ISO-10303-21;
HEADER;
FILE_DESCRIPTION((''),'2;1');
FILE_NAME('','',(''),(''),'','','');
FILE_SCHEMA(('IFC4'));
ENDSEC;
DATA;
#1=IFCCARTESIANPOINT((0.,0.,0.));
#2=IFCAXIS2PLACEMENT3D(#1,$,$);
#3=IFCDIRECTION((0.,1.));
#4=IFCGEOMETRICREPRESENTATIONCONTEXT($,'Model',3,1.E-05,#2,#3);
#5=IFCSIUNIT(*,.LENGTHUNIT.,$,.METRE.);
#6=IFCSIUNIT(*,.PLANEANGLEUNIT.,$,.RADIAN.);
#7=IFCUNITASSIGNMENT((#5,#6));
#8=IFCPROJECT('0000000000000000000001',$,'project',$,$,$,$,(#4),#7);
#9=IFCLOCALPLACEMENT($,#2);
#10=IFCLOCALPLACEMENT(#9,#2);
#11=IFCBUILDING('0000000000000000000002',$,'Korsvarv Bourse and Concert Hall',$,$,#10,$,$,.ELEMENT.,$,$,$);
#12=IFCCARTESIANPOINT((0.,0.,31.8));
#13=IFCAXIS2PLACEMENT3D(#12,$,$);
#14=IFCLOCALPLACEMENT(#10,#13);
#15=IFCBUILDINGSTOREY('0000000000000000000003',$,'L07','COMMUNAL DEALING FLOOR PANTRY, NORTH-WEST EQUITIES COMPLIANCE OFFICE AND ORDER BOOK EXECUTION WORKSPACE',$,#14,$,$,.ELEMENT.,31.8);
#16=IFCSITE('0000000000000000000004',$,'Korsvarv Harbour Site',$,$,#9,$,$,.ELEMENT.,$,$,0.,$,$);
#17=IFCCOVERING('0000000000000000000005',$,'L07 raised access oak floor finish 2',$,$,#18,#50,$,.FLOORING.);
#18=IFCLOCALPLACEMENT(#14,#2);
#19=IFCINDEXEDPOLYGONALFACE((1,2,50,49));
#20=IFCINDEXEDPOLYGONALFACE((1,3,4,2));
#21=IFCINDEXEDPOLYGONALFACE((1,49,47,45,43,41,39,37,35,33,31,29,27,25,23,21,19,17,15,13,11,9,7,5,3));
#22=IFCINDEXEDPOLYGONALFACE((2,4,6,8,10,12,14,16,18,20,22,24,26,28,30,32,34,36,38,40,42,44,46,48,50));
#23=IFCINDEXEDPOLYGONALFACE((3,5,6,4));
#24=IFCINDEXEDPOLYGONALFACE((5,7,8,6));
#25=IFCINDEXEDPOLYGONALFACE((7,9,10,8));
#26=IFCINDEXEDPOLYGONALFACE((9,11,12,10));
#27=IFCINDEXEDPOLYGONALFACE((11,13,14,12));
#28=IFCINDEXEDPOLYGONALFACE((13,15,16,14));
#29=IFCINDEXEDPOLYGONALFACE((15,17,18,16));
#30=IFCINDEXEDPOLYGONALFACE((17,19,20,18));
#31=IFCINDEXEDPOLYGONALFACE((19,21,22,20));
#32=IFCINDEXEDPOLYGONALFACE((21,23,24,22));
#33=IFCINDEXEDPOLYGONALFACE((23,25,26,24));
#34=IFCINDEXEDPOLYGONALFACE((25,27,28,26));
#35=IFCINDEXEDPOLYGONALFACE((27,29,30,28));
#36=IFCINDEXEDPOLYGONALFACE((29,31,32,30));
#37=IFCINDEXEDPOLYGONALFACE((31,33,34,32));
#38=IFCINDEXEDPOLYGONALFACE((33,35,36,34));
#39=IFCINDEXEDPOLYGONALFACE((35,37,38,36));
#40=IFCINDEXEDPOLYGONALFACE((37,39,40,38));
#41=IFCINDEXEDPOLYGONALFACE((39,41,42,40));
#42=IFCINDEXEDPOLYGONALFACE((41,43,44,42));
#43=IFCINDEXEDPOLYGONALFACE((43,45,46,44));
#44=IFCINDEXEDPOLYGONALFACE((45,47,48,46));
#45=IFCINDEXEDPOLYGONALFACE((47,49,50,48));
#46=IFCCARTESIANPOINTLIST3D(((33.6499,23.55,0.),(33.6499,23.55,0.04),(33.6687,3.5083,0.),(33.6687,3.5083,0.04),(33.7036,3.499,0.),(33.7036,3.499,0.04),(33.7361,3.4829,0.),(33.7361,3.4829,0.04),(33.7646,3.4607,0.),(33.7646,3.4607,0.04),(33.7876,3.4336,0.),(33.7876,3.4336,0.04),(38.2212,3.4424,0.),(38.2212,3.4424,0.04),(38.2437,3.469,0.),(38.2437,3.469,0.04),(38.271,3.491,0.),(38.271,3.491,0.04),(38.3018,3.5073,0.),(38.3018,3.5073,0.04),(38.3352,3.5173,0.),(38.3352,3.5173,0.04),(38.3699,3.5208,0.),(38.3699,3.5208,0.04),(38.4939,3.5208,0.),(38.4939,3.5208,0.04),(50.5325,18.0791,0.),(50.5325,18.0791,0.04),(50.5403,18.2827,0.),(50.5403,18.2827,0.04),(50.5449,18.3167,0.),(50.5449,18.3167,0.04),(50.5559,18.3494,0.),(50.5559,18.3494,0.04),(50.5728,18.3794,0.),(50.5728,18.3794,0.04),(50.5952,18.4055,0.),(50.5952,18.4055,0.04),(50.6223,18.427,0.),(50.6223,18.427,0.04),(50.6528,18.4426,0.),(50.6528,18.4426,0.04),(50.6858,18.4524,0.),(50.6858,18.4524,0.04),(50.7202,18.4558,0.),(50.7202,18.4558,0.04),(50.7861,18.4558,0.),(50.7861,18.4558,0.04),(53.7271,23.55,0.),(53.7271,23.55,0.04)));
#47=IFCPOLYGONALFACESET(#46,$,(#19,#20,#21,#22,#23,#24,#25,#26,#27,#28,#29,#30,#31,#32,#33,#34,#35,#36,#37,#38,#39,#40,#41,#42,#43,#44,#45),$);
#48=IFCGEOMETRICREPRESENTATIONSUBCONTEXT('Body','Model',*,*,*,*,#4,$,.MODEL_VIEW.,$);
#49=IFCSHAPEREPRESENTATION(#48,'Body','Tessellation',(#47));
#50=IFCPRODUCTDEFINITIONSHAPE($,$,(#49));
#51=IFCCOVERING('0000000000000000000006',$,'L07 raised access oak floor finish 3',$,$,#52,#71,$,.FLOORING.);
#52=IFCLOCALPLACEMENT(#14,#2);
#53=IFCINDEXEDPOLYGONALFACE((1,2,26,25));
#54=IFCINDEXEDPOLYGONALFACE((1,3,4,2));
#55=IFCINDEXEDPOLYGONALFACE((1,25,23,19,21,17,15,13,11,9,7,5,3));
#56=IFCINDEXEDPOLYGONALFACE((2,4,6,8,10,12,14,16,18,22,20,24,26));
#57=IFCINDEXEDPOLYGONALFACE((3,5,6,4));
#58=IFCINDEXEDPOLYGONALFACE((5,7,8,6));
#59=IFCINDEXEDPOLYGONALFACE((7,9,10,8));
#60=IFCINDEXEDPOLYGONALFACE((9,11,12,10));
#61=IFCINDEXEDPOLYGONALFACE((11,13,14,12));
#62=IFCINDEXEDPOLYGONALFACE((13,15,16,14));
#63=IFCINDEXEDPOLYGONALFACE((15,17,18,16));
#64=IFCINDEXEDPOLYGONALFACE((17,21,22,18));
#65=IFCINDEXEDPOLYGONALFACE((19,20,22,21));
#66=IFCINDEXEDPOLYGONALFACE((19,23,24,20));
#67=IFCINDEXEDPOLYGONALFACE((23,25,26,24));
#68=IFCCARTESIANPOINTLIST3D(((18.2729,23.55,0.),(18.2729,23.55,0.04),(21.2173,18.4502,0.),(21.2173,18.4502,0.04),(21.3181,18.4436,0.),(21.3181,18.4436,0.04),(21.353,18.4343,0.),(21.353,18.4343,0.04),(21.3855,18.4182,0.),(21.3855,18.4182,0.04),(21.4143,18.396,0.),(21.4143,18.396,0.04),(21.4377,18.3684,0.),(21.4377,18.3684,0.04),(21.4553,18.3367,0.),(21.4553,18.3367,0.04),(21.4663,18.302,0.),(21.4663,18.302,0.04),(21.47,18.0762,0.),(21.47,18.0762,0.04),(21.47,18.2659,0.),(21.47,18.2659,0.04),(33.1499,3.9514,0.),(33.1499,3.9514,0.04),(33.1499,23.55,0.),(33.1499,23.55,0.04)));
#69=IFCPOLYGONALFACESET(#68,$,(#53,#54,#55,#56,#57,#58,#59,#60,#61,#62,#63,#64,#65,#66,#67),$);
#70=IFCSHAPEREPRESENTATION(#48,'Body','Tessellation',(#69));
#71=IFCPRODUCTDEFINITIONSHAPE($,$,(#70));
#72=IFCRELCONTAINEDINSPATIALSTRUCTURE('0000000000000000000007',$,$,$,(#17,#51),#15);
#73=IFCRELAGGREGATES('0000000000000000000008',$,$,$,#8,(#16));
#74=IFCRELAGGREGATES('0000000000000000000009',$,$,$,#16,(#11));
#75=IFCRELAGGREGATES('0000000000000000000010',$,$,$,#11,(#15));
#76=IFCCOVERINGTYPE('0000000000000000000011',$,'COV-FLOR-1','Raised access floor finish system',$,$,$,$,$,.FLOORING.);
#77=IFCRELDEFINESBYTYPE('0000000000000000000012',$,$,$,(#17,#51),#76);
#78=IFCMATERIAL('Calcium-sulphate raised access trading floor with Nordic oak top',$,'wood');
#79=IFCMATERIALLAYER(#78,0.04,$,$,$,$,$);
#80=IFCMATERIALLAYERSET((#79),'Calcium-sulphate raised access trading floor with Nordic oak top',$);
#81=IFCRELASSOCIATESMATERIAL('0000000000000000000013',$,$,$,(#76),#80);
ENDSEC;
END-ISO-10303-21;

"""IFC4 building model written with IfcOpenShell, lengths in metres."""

from ifc_helpers import new_model, si_unit, direction, frame, origin, place, context, subcontext, project, spatial, polyline, outline, extrude, material, layer, layer_set, type_object, element, save


model = new_model("IFC4")

# Units and contexts
model_context = context("Model", 3, precision=1e-05, world=origin(), true_north=direction((0.0, 1.0)))
body_context = subcontext(model_context, "Body", "Model", "MODEL_VIEW")
ifc_project = project(units=[si_unit("LENGTHUNIT", "METRE"), si_unit("PLANEANGLEUNIT", "RADIAN")], contexts=[model_context])

# Site, building, storey
site_placement = place(None, origin())
site = spatial("IfcSite", under=ifc_project, at=site_placement, Name="Korsvarv Harbour Site", CompositionType="ELEMENT", RefElevation=0.0)
building_placement = place(site_placement, origin())
building = spatial("IfcBuilding", under=site, at=building_placement, Name="Korsvarv Bourse and Concert Hall", CompositionType="ELEMENT")
storey_placement = place(building_placement, frame((0.0, 0.0, 31.8)))
storey = spatial("IfcBuildingStorey", under=building, at=storey_placement, Name="L07", Description="COMMUNAL DEALING FLOOR PANTRY, NORTH-WEST EQUITIES COMPLIANCE OFFICE AND ORDER BOOK EXECUTION WORKSPACE", CompositionType="ELEMENT", Elevation=31.8)

# Coverings
ifc_material_1 = material(Name="Calcium-sulphate raised access trading floor with Nordic oak top", Category="wood")
ifc_layer_1 = layer(ifc_material_1, 0.04)
ifc_layer_set_1 = layer_set([ifc_layer_1], Name="Calcium-sulphate raised access trading floor with Nordic oak top")
covering_type_1 = type_object("IfcCoveringType", Name="COV-FLOR-1", Description="Raised access floor finish system", PredefinedType="FLOORING", material=ifc_layer_set_1)
covering_1_placement = place(storey_placement, origin())
element("IfcCovering", 1, at=covering_1_placement, inside=storey, type_object=covering_type_1, Name="L07 raised access oak floor finish 2", PredefinedType="FLOORING", context=body_context, shape_type="SweptSolid", body=[
    extrude(outline(polyline([(53.7271, 23.55), (50.7861, 18.4558), (50.7202, 18.4558), (50.6858, 18.4524), (50.6528, 18.4426), (50.6223, 18.427), (50.5952, 18.4055), (50.5728, 18.3794), (50.5559, 18.3494), (50.5449, 18.3167), (50.5403, 18.2827), (50.5325, 18.0791), (38.4939, 3.5208), (38.3699, 3.5208), (38.3352, 3.5173), (38.3018, 3.5073), (38.271, 3.491), (38.2437, 3.469), (38.2212, 3.4424), (33.7876, 3.4336), (33.7646, 3.4607), (33.7361, 3.4829), (33.7036, 3.499), (33.6687, 3.5083), (33.6499, 23.55), (53.7271, 23.55)])), origin(), (0.0, 0.0, 1.0), 0.04),
])
covering_2_placement = place(storey_placement, origin())
element("IfcCovering", 2, at=covering_2_placement, inside=storey, type_object=covering_type_1, Name="L07 raised access oak floor finish 3", PredefinedType="FLOORING", context=body_context, shape_type="SweptSolid", body=[
    extrude(outline(polyline([(33.1499, 23.55), (33.1499, 3.9514), (21.47, 18.0762), (21.47, 18.2659), (21.4663, 18.302), (21.4553, 18.3367), (21.4377, 18.3684), (21.4143, 18.396), (21.3855, 18.4182), (21.353, 18.4343), (21.3181, 18.4436), (21.2173, 18.4502), (18.2729, 23.55), (33.1499, 23.55)])), origin(), (0.0, 0.0, 1.0), 0.04),
])

save(model, "model.ifc")
